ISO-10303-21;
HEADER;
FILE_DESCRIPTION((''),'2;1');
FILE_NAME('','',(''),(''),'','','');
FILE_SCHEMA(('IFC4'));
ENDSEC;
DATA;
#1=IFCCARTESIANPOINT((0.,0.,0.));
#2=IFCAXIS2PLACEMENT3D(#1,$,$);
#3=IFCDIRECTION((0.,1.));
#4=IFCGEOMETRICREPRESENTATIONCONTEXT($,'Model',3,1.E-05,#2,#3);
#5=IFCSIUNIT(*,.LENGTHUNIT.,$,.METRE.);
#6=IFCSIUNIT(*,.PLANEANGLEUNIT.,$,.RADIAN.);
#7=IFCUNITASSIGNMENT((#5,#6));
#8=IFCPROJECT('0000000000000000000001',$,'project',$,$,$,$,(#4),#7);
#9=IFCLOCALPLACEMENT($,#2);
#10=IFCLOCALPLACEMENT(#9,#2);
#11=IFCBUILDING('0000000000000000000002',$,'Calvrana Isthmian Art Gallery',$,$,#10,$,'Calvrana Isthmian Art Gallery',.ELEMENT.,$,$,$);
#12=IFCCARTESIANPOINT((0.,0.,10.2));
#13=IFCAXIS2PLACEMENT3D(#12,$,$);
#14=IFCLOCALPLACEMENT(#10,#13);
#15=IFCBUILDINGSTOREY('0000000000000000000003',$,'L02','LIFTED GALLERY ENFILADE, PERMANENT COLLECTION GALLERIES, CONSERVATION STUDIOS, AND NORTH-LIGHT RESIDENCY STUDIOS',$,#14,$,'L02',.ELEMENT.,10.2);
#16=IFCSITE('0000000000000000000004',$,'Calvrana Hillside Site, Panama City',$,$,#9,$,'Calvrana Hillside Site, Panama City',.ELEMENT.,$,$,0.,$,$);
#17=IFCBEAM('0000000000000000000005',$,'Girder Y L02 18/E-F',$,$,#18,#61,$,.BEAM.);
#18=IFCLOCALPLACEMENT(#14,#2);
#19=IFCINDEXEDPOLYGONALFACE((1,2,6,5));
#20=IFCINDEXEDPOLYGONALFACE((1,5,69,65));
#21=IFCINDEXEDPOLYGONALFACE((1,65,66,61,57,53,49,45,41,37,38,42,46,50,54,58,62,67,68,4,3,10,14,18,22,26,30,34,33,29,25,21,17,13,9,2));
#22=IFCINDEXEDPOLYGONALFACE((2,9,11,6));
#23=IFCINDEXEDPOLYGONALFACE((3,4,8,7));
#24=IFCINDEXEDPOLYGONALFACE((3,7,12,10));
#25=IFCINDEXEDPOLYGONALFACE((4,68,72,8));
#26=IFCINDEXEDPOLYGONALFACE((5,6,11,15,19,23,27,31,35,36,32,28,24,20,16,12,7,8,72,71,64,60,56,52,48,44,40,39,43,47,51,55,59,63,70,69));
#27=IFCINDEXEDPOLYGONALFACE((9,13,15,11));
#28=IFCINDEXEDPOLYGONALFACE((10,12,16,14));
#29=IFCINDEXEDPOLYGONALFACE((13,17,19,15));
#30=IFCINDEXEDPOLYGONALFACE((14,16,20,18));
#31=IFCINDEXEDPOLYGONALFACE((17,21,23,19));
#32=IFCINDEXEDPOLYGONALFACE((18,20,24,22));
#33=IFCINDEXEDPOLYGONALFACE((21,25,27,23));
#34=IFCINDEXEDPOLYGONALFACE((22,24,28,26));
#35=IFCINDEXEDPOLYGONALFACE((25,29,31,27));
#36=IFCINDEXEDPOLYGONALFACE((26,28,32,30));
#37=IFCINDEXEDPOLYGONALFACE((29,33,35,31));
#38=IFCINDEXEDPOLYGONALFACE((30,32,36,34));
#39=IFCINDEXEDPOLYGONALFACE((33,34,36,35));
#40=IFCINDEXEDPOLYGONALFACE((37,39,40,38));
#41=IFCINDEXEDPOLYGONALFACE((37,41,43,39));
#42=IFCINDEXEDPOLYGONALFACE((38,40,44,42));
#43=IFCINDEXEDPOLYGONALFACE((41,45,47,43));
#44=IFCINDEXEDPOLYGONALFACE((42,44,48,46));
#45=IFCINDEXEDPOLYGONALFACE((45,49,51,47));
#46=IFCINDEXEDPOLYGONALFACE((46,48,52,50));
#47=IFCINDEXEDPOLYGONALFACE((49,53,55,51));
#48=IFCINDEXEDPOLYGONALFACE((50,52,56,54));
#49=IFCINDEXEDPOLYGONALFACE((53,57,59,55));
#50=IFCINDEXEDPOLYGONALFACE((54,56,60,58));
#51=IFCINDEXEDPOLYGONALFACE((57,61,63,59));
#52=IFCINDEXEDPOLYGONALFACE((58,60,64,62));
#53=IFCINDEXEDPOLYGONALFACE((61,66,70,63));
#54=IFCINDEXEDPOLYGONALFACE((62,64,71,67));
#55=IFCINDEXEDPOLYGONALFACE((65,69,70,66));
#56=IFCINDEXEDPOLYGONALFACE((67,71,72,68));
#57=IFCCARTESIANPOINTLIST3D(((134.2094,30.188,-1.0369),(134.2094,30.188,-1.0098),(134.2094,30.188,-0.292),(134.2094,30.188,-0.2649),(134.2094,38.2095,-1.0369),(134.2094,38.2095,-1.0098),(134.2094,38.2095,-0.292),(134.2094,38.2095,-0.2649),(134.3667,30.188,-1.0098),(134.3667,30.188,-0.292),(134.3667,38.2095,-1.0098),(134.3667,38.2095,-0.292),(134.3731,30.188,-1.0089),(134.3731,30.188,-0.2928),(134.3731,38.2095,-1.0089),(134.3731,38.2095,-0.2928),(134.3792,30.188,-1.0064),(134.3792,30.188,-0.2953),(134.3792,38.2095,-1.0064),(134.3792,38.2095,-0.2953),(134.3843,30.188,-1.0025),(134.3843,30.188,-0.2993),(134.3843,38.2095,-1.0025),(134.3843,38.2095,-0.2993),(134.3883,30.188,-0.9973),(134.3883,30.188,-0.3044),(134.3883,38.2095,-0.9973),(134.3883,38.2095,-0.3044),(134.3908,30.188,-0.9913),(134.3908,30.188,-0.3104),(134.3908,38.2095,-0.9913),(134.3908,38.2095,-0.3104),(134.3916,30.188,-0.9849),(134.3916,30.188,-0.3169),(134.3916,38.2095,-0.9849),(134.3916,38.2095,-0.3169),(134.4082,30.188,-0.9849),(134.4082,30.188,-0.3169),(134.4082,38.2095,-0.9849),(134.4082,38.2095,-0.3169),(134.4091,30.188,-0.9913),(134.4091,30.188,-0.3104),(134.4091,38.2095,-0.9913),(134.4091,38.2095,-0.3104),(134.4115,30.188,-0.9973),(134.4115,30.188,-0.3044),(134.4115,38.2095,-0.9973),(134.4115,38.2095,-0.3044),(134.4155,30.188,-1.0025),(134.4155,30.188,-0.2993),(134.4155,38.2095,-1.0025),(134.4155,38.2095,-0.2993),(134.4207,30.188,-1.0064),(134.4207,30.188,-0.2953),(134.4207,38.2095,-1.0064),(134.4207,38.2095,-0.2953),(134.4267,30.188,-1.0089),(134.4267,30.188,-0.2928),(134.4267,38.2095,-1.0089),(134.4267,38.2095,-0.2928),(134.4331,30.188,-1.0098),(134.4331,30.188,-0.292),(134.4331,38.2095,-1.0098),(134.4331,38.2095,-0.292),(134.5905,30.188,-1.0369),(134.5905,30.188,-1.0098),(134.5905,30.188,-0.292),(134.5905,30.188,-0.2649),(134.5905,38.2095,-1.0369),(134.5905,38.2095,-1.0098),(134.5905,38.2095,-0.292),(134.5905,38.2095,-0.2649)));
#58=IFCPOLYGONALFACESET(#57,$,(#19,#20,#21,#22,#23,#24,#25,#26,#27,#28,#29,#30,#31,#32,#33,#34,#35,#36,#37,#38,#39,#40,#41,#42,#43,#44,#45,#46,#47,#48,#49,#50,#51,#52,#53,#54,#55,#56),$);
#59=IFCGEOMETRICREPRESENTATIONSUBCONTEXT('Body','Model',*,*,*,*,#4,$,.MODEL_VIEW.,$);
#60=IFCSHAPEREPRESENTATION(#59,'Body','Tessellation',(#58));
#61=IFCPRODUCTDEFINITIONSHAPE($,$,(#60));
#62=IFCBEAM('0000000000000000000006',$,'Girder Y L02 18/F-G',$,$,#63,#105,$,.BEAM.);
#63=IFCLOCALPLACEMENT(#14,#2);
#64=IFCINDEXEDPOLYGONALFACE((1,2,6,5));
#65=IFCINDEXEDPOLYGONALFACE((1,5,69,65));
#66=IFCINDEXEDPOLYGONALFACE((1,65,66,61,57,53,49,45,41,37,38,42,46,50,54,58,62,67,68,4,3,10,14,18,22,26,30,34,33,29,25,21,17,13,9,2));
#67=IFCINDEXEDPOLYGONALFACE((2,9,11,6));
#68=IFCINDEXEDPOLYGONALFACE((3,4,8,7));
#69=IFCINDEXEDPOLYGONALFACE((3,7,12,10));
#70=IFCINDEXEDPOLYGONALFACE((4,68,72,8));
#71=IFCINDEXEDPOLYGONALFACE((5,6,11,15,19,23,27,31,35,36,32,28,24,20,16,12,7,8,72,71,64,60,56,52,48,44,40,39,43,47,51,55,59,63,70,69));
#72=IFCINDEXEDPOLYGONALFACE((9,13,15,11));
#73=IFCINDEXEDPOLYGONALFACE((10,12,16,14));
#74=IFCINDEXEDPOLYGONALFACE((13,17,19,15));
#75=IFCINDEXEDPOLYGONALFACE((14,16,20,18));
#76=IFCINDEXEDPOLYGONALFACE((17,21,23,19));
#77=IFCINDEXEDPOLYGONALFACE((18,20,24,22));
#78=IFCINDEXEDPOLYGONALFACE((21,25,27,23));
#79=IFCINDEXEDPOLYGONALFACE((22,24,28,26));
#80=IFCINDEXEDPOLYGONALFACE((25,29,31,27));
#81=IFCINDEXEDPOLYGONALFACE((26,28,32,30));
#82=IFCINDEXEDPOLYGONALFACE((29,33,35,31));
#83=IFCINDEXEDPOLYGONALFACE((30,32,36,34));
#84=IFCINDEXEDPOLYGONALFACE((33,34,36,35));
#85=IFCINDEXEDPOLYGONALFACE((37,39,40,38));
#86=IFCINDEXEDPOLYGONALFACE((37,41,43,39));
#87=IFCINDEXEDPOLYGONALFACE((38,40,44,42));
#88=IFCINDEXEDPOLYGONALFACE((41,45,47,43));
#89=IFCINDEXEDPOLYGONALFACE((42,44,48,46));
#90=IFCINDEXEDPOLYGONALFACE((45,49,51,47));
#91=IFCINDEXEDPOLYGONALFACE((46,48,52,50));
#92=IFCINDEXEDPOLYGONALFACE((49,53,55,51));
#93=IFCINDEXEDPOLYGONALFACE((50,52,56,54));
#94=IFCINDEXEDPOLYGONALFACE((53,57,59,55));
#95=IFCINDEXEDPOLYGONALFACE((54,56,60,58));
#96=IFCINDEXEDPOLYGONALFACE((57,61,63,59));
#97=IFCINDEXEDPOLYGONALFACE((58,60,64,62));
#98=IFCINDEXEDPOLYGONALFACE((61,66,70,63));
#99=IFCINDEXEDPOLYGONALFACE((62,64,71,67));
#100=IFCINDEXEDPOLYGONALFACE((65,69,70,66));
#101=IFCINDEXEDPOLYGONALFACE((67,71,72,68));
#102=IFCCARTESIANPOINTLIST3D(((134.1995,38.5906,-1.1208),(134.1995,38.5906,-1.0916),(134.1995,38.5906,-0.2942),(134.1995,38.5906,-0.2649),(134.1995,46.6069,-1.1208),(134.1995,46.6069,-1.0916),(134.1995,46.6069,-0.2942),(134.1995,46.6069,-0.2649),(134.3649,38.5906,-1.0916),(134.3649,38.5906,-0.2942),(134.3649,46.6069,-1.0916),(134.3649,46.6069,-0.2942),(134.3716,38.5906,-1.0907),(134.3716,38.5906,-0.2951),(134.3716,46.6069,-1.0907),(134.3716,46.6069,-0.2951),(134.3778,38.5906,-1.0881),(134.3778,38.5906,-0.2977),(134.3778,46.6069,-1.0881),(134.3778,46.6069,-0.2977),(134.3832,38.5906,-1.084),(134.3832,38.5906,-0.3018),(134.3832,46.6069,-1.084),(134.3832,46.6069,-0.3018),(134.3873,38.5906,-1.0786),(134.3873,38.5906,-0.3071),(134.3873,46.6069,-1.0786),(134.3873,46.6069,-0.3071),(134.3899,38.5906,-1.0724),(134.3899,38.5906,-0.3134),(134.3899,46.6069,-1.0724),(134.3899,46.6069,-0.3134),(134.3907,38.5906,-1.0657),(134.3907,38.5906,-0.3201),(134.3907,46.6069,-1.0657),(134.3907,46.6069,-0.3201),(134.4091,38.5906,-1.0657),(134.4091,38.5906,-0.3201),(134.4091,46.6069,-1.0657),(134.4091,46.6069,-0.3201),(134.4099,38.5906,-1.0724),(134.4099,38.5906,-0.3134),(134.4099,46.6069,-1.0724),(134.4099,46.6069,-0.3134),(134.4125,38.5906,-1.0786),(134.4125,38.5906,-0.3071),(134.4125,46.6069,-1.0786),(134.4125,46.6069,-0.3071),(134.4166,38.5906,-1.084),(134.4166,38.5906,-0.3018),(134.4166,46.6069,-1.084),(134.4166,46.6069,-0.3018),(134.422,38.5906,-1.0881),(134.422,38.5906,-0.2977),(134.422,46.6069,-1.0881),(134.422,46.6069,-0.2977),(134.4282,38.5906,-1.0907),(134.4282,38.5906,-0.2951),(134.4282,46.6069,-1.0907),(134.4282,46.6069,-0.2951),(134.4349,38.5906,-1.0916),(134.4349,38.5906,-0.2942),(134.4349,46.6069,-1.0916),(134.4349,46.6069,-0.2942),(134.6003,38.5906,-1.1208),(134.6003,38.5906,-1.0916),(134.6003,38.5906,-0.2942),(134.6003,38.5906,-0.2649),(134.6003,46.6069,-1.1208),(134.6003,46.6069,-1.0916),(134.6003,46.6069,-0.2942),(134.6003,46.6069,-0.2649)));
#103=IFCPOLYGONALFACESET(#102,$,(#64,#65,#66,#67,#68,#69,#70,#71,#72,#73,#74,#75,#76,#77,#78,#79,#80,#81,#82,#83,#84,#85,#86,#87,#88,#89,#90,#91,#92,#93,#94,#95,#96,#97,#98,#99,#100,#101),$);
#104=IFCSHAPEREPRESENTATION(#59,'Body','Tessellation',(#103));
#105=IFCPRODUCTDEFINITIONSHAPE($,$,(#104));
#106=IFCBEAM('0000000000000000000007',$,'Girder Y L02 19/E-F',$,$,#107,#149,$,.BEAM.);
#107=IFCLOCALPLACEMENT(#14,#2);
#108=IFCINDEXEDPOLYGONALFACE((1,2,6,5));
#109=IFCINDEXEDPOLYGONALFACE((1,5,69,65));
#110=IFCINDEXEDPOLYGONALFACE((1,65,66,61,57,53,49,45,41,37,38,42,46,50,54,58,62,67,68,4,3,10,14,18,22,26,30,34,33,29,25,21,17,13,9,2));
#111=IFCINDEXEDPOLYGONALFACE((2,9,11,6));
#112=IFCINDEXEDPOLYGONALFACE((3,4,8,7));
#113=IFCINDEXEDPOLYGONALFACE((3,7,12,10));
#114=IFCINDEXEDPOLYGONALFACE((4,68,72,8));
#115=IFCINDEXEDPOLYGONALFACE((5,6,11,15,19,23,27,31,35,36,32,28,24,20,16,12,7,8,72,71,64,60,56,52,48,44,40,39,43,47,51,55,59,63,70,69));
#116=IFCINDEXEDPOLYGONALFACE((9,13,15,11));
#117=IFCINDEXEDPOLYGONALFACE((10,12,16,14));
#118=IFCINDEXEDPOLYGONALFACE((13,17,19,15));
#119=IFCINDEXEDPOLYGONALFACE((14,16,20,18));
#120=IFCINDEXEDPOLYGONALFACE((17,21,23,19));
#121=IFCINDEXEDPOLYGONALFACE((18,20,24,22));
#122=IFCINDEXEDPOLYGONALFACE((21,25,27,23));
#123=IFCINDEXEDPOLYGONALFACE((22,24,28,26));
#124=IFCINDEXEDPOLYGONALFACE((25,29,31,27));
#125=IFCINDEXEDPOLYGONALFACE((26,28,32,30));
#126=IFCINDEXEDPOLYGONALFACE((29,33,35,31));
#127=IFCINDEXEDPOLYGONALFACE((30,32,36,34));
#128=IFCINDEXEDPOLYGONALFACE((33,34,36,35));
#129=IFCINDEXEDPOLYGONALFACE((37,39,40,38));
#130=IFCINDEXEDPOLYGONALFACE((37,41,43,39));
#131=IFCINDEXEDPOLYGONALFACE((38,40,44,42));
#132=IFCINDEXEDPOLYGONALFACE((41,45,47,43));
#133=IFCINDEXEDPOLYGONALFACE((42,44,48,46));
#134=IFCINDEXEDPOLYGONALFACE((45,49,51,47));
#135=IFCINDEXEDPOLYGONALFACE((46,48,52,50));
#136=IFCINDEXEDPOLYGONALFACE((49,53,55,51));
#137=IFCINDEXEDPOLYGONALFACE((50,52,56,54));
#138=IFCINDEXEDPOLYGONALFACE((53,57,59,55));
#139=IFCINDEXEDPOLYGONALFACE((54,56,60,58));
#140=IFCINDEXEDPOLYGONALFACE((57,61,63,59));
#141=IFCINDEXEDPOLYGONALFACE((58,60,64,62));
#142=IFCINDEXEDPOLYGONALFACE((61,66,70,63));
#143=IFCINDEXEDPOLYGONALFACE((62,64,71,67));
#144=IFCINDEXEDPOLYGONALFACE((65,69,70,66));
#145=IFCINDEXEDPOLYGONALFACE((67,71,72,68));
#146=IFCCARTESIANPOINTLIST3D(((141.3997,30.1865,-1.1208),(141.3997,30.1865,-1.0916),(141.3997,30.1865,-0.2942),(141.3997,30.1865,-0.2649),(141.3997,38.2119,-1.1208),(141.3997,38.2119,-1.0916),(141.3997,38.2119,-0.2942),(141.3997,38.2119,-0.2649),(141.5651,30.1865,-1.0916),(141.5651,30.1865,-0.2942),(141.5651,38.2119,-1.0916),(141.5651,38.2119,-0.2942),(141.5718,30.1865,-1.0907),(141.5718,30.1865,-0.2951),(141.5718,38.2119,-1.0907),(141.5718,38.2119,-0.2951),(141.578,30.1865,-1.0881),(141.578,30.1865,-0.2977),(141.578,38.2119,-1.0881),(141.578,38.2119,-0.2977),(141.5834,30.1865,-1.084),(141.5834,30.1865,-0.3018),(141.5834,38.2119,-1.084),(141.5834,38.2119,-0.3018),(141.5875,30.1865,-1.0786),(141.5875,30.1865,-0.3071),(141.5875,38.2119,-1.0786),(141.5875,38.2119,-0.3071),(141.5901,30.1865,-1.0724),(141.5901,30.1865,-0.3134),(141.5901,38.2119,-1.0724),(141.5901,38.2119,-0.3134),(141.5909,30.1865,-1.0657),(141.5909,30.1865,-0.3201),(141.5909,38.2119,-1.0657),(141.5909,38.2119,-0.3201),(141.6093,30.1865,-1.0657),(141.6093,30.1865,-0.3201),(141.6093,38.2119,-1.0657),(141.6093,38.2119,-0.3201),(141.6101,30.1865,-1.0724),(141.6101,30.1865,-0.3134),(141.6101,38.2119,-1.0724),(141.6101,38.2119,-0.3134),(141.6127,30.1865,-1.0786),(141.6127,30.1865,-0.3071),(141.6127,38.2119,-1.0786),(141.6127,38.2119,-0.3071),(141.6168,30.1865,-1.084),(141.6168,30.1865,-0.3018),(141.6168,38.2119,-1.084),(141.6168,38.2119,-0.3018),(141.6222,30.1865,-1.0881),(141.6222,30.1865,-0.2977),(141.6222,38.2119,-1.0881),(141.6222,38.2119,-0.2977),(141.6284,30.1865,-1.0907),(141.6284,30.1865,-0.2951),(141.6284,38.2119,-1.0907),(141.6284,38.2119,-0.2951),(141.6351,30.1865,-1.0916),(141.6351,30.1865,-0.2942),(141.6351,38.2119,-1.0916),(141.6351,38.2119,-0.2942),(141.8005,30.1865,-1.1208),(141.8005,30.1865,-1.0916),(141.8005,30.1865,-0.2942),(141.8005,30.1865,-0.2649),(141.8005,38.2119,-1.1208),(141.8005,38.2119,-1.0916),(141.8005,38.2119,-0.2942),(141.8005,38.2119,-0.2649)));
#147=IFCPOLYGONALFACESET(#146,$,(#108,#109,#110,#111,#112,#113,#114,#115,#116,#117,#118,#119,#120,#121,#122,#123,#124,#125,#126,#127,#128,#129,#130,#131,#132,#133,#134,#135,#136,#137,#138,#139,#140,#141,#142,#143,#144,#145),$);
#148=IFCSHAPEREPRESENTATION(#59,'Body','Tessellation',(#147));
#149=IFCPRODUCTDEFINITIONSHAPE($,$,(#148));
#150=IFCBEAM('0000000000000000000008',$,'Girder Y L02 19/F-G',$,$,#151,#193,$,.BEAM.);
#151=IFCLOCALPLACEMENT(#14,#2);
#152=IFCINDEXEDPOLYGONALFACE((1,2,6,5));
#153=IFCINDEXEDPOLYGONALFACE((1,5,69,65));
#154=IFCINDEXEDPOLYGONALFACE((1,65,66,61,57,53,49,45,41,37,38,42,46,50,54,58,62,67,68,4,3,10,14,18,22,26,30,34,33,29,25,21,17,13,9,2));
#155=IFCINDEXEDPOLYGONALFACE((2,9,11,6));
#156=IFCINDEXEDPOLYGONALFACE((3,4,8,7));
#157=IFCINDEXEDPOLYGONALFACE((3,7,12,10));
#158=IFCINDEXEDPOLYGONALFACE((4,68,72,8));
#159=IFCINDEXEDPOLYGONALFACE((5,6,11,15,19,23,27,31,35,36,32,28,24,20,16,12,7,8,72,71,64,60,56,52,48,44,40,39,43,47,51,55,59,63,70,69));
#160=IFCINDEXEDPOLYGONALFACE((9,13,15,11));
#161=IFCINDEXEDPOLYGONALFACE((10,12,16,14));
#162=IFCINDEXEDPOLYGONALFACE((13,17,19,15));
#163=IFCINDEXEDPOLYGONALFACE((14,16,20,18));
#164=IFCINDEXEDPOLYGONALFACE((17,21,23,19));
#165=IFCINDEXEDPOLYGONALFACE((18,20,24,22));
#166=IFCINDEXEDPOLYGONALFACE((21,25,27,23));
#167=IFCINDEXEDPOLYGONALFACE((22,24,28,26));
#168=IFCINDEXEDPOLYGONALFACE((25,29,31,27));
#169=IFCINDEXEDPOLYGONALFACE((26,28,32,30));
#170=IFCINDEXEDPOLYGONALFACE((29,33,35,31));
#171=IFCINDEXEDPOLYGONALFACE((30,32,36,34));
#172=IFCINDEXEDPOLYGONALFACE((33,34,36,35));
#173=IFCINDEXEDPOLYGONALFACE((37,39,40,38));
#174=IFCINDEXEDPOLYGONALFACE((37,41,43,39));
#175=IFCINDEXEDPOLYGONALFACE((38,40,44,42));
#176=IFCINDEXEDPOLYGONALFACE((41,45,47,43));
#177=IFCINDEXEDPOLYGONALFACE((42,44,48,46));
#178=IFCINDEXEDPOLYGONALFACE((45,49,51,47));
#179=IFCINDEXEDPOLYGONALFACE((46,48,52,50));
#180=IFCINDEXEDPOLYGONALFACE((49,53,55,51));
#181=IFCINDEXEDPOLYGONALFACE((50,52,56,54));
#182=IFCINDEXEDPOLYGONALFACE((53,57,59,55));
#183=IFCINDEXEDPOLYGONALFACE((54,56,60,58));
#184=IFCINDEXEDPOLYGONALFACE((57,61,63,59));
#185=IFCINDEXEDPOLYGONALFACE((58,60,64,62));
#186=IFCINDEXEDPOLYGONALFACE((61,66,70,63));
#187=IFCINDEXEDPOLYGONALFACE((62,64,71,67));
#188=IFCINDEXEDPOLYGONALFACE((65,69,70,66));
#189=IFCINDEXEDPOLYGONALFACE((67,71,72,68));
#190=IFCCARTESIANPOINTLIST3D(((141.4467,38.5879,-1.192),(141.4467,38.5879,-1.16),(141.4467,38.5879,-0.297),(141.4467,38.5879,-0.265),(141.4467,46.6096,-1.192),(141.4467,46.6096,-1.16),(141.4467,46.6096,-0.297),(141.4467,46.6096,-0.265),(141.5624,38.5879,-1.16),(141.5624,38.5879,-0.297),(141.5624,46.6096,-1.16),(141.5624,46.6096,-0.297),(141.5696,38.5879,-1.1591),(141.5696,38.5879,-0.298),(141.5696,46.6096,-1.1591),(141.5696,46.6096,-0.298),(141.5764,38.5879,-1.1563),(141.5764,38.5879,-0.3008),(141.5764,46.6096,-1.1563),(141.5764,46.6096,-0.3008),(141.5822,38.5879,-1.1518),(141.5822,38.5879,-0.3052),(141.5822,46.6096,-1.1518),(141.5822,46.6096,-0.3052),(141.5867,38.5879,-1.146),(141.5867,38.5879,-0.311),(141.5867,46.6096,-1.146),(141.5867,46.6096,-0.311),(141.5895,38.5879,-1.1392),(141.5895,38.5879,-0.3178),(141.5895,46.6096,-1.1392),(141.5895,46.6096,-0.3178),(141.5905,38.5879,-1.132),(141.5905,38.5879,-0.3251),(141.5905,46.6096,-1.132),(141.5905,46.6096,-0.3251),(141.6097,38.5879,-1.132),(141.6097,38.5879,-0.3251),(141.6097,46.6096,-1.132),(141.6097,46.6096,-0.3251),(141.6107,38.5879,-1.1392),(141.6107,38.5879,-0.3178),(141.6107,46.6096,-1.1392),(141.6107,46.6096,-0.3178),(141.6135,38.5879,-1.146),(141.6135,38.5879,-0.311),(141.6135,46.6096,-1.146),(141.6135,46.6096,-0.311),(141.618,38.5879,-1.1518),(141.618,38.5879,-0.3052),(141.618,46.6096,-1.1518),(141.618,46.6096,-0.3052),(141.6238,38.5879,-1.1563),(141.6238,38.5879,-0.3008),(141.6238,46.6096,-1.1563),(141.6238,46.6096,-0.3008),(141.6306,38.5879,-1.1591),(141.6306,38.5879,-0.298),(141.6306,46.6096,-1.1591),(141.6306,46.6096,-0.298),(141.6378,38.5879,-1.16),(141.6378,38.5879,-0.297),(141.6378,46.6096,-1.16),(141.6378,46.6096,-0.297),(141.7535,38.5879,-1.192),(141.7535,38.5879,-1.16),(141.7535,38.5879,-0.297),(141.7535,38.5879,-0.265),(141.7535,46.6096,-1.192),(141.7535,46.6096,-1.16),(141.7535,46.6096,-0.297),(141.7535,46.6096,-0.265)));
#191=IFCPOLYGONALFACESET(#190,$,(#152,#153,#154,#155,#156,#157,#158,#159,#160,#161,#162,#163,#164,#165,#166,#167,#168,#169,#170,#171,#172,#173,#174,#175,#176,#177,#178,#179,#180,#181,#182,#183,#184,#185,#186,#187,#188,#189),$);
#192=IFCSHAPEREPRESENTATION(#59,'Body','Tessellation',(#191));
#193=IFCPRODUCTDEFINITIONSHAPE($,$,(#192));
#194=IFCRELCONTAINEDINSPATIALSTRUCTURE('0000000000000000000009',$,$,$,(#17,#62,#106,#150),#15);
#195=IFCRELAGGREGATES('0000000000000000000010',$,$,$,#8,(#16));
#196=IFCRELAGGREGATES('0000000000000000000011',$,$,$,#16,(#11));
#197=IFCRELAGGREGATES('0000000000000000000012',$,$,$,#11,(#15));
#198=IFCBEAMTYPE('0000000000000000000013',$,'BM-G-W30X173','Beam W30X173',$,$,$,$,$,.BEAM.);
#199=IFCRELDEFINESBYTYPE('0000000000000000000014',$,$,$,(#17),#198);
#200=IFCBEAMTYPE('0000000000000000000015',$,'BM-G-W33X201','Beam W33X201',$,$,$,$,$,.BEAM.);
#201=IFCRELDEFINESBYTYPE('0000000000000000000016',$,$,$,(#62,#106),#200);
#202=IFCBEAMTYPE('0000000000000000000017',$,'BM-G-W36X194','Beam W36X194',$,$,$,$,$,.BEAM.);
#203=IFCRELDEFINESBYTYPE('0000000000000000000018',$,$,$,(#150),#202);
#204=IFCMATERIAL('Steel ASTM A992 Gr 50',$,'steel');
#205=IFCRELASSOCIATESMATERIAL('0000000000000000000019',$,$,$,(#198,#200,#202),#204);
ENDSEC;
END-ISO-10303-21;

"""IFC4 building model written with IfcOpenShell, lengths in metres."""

from ifc_helpers import new_model, si_unit, direction, frame, origin, origin_2d, place, context, subcontext, project, spatial, i_section, extrude, material, material_profile, profile_set, type_object, element, save


model = new_model("IFC4")

# Units and contexts
model_context = context("Model", 3, precision=1e-05, world=origin(), true_north=direction((0.0, 1.0)))
body_context = subcontext(model_context, "Body", "Model", "MODEL_VIEW")
ifc_project = project(units=[si_unit("LENGTHUNIT", "METRE"), si_unit("PLANEANGLEUNIT", "RADIAN")], contexts=[model_context])

# Site, building, storey
site_placement = place(None, origin())
site = spatial("IfcSite", under=ifc_project, at=site_placement, Name="Calvrana Hillside Site, Panama City", LongName="Calvrana Hillside Site, Panama City", CompositionType="ELEMENT", RefElevation=0.0)
building_placement = place(site_placement, origin())
building = spatial("IfcBuilding", under=site, at=building_placement, Name="Calvrana Isthmian Art Gallery", LongName="Calvrana Isthmian Art Gallery", CompositionType="ELEMENT")
storey_placement = place(building_placement, frame((0.0, 0.0, 10.2)))
storey = spatial("IfcBuildingStorey", under=building, at=storey_placement, Name="L02", Description="LIFTED GALLERY ENFILADE, PERMANENT COLLECTION GALLERIES, CONSERVATION STUDIOS, AND NORTH-LIGHT RESIDENCY STUDIOS", LongName="L02", CompositionType="ELEMENT", Elevation=10.2)

# Shared definitions
ifc_material_1 = material(Name="Steel ASTM A992 Gr 50", Category="steel")

# Beams
ifc_material_profile_1 = material_profile(ifc_material_1, i_section(OverallWidth=0.3811, OverallDepth=0.772, WebThickness=0.0166, FlangeThickness=0.0271, FilletRadius=0.0249, at=origin_2d()), Name="W30X173")
ifc_profile_set_1 = profile_set([ifc_material_profile_1], Name="Steel ASTM A992 Gr 50")
beam_type_1 = type_object("IfcBeamType", Name="BM-G-W30X173", Description="Beam W30X173", PredefinedType="BEAM", material=ifc_profile_set_1)
beam_1_placement = place(storey_placement, frame((134.3999, 30.188, -0.6509), z_axis=(0.0, 1.0, 0.0), x_axis=(-1.0, 0.0, 0.0)))
element("IfcBeam", 1, at=beam_1_placement, inside=storey, type_object=beam_type_1, Name="Girder Y L02 18/E-F", PredefinedType="BEAM", context=body_context, shape_type="SweptSolid", body=[
    extrude(i_section(OverallWidth=0.3811, OverallDepth=0.772, WebThickness=0.0166, FlangeThickness=0.0271, FilletRadius=0.0249, at=origin_2d()), origin(), (0.0, 0.0, 1.0), 8.0215),
])
ifc_material_profile_2 = material_profile(ifc_material_1, i_section(OverallWidth=0.4009, OverallDepth=0.856, WebThickness=0.0183, FlangeThickness=0.0293, FilletRadius=0.0259, at=origin_2d()), Name="W33X201")
ifc_profile_set_2 = profile_set([ifc_material_profile_2], Name="Steel ASTM A992 Gr 50")
beam_type_2 = type_object("IfcBeamType", Name="BM-G-W33X201", Description="Beam W33X201", PredefinedType="BEAM", material=ifc_profile_set_2)
beam_2_placement = place(storey_placement, frame((134.3999, 38.5906, -0.6929), z_axis=(0.0, 1.0, 0.0), x_axis=(-1.0, 0.0, 0.0)))
element("IfcBeam", 2, at=beam_2_placement, inside=storey, type_object=beam_type_2, Name="Girder Y L02 18/F-G", PredefinedType="BEAM", context=body_context, shape_type="SweptSolid", body=[
    extrude(i_section(OverallWidth=0.4009, OverallDepth=0.856, WebThickness=0.0183, FlangeThickness=0.0293, FilletRadius=0.0259, at=origin_2d()), origin(), (0.0, 0.0, 1.0), 8.0164),
])
beam_3_placement = place(storey_placement, frame((141.6001, 30.1865, -0.6929), z_axis=(0.0, 1.0, 0.0), x_axis=(-1.0, 0.0, 0.0)))
element("IfcBeam", 3, at=beam_3_placement, inside=storey, type_object=beam_type_2, Name="Girder Y L02 19/E-F", PredefinedType="BEAM", context=body_context, shape_type="SweptSolid", body=[
    extrude(i_section(OverallWidth=0.4009, OverallDepth=0.856, WebThickness=0.0183, FlangeThickness=0.0293, FilletRadius=0.0259, at=origin_2d()), origin(), (0.0, 0.0, 1.0), 8.0254),
])
ifc_material_profile_3 = material_profile(ifc_material_1, i_section(OverallWidth=0.3069, OverallDepth=0.927, WebThickness=0.0193, FlangeThickness=0.032, FilletRadius=0.0281, at=origin_2d()), Name="W36X194")
ifc_profile_set_3 = profile_set([ifc_material_profile_3], Name="Steel ASTM A992 Gr 50")
beam_type_3 = type_object("IfcBeamType", Name="BM-G-W36X194", Description="Beam W36X194", PredefinedType="BEAM", material=ifc_profile_set_3)
beam_4_placement = place(storey_placement, frame((141.6001, 38.5879, -0.7285), z_axis=(0.0, 1.0, 0.0), x_axis=(-1.0, 0.0, 0.0)))
element("IfcBeam", 4, at=beam_4_placement, inside=storey, type_object=beam_type_3, Name="Girder Y L02 19/F-G", PredefinedType="BEAM", context=body_context, shape_type="SweptSolid", body=[
    extrude(i_section(OverallWidth=0.3069, OverallDepth=0.927, WebThickness=0.0193, FlangeThickness=0.032, FilletRadius=0.0281, at=origin_2d()), origin(), (0.0, 0.0, 1.0), 8.0217),
])

save(model, "model.ifc")
